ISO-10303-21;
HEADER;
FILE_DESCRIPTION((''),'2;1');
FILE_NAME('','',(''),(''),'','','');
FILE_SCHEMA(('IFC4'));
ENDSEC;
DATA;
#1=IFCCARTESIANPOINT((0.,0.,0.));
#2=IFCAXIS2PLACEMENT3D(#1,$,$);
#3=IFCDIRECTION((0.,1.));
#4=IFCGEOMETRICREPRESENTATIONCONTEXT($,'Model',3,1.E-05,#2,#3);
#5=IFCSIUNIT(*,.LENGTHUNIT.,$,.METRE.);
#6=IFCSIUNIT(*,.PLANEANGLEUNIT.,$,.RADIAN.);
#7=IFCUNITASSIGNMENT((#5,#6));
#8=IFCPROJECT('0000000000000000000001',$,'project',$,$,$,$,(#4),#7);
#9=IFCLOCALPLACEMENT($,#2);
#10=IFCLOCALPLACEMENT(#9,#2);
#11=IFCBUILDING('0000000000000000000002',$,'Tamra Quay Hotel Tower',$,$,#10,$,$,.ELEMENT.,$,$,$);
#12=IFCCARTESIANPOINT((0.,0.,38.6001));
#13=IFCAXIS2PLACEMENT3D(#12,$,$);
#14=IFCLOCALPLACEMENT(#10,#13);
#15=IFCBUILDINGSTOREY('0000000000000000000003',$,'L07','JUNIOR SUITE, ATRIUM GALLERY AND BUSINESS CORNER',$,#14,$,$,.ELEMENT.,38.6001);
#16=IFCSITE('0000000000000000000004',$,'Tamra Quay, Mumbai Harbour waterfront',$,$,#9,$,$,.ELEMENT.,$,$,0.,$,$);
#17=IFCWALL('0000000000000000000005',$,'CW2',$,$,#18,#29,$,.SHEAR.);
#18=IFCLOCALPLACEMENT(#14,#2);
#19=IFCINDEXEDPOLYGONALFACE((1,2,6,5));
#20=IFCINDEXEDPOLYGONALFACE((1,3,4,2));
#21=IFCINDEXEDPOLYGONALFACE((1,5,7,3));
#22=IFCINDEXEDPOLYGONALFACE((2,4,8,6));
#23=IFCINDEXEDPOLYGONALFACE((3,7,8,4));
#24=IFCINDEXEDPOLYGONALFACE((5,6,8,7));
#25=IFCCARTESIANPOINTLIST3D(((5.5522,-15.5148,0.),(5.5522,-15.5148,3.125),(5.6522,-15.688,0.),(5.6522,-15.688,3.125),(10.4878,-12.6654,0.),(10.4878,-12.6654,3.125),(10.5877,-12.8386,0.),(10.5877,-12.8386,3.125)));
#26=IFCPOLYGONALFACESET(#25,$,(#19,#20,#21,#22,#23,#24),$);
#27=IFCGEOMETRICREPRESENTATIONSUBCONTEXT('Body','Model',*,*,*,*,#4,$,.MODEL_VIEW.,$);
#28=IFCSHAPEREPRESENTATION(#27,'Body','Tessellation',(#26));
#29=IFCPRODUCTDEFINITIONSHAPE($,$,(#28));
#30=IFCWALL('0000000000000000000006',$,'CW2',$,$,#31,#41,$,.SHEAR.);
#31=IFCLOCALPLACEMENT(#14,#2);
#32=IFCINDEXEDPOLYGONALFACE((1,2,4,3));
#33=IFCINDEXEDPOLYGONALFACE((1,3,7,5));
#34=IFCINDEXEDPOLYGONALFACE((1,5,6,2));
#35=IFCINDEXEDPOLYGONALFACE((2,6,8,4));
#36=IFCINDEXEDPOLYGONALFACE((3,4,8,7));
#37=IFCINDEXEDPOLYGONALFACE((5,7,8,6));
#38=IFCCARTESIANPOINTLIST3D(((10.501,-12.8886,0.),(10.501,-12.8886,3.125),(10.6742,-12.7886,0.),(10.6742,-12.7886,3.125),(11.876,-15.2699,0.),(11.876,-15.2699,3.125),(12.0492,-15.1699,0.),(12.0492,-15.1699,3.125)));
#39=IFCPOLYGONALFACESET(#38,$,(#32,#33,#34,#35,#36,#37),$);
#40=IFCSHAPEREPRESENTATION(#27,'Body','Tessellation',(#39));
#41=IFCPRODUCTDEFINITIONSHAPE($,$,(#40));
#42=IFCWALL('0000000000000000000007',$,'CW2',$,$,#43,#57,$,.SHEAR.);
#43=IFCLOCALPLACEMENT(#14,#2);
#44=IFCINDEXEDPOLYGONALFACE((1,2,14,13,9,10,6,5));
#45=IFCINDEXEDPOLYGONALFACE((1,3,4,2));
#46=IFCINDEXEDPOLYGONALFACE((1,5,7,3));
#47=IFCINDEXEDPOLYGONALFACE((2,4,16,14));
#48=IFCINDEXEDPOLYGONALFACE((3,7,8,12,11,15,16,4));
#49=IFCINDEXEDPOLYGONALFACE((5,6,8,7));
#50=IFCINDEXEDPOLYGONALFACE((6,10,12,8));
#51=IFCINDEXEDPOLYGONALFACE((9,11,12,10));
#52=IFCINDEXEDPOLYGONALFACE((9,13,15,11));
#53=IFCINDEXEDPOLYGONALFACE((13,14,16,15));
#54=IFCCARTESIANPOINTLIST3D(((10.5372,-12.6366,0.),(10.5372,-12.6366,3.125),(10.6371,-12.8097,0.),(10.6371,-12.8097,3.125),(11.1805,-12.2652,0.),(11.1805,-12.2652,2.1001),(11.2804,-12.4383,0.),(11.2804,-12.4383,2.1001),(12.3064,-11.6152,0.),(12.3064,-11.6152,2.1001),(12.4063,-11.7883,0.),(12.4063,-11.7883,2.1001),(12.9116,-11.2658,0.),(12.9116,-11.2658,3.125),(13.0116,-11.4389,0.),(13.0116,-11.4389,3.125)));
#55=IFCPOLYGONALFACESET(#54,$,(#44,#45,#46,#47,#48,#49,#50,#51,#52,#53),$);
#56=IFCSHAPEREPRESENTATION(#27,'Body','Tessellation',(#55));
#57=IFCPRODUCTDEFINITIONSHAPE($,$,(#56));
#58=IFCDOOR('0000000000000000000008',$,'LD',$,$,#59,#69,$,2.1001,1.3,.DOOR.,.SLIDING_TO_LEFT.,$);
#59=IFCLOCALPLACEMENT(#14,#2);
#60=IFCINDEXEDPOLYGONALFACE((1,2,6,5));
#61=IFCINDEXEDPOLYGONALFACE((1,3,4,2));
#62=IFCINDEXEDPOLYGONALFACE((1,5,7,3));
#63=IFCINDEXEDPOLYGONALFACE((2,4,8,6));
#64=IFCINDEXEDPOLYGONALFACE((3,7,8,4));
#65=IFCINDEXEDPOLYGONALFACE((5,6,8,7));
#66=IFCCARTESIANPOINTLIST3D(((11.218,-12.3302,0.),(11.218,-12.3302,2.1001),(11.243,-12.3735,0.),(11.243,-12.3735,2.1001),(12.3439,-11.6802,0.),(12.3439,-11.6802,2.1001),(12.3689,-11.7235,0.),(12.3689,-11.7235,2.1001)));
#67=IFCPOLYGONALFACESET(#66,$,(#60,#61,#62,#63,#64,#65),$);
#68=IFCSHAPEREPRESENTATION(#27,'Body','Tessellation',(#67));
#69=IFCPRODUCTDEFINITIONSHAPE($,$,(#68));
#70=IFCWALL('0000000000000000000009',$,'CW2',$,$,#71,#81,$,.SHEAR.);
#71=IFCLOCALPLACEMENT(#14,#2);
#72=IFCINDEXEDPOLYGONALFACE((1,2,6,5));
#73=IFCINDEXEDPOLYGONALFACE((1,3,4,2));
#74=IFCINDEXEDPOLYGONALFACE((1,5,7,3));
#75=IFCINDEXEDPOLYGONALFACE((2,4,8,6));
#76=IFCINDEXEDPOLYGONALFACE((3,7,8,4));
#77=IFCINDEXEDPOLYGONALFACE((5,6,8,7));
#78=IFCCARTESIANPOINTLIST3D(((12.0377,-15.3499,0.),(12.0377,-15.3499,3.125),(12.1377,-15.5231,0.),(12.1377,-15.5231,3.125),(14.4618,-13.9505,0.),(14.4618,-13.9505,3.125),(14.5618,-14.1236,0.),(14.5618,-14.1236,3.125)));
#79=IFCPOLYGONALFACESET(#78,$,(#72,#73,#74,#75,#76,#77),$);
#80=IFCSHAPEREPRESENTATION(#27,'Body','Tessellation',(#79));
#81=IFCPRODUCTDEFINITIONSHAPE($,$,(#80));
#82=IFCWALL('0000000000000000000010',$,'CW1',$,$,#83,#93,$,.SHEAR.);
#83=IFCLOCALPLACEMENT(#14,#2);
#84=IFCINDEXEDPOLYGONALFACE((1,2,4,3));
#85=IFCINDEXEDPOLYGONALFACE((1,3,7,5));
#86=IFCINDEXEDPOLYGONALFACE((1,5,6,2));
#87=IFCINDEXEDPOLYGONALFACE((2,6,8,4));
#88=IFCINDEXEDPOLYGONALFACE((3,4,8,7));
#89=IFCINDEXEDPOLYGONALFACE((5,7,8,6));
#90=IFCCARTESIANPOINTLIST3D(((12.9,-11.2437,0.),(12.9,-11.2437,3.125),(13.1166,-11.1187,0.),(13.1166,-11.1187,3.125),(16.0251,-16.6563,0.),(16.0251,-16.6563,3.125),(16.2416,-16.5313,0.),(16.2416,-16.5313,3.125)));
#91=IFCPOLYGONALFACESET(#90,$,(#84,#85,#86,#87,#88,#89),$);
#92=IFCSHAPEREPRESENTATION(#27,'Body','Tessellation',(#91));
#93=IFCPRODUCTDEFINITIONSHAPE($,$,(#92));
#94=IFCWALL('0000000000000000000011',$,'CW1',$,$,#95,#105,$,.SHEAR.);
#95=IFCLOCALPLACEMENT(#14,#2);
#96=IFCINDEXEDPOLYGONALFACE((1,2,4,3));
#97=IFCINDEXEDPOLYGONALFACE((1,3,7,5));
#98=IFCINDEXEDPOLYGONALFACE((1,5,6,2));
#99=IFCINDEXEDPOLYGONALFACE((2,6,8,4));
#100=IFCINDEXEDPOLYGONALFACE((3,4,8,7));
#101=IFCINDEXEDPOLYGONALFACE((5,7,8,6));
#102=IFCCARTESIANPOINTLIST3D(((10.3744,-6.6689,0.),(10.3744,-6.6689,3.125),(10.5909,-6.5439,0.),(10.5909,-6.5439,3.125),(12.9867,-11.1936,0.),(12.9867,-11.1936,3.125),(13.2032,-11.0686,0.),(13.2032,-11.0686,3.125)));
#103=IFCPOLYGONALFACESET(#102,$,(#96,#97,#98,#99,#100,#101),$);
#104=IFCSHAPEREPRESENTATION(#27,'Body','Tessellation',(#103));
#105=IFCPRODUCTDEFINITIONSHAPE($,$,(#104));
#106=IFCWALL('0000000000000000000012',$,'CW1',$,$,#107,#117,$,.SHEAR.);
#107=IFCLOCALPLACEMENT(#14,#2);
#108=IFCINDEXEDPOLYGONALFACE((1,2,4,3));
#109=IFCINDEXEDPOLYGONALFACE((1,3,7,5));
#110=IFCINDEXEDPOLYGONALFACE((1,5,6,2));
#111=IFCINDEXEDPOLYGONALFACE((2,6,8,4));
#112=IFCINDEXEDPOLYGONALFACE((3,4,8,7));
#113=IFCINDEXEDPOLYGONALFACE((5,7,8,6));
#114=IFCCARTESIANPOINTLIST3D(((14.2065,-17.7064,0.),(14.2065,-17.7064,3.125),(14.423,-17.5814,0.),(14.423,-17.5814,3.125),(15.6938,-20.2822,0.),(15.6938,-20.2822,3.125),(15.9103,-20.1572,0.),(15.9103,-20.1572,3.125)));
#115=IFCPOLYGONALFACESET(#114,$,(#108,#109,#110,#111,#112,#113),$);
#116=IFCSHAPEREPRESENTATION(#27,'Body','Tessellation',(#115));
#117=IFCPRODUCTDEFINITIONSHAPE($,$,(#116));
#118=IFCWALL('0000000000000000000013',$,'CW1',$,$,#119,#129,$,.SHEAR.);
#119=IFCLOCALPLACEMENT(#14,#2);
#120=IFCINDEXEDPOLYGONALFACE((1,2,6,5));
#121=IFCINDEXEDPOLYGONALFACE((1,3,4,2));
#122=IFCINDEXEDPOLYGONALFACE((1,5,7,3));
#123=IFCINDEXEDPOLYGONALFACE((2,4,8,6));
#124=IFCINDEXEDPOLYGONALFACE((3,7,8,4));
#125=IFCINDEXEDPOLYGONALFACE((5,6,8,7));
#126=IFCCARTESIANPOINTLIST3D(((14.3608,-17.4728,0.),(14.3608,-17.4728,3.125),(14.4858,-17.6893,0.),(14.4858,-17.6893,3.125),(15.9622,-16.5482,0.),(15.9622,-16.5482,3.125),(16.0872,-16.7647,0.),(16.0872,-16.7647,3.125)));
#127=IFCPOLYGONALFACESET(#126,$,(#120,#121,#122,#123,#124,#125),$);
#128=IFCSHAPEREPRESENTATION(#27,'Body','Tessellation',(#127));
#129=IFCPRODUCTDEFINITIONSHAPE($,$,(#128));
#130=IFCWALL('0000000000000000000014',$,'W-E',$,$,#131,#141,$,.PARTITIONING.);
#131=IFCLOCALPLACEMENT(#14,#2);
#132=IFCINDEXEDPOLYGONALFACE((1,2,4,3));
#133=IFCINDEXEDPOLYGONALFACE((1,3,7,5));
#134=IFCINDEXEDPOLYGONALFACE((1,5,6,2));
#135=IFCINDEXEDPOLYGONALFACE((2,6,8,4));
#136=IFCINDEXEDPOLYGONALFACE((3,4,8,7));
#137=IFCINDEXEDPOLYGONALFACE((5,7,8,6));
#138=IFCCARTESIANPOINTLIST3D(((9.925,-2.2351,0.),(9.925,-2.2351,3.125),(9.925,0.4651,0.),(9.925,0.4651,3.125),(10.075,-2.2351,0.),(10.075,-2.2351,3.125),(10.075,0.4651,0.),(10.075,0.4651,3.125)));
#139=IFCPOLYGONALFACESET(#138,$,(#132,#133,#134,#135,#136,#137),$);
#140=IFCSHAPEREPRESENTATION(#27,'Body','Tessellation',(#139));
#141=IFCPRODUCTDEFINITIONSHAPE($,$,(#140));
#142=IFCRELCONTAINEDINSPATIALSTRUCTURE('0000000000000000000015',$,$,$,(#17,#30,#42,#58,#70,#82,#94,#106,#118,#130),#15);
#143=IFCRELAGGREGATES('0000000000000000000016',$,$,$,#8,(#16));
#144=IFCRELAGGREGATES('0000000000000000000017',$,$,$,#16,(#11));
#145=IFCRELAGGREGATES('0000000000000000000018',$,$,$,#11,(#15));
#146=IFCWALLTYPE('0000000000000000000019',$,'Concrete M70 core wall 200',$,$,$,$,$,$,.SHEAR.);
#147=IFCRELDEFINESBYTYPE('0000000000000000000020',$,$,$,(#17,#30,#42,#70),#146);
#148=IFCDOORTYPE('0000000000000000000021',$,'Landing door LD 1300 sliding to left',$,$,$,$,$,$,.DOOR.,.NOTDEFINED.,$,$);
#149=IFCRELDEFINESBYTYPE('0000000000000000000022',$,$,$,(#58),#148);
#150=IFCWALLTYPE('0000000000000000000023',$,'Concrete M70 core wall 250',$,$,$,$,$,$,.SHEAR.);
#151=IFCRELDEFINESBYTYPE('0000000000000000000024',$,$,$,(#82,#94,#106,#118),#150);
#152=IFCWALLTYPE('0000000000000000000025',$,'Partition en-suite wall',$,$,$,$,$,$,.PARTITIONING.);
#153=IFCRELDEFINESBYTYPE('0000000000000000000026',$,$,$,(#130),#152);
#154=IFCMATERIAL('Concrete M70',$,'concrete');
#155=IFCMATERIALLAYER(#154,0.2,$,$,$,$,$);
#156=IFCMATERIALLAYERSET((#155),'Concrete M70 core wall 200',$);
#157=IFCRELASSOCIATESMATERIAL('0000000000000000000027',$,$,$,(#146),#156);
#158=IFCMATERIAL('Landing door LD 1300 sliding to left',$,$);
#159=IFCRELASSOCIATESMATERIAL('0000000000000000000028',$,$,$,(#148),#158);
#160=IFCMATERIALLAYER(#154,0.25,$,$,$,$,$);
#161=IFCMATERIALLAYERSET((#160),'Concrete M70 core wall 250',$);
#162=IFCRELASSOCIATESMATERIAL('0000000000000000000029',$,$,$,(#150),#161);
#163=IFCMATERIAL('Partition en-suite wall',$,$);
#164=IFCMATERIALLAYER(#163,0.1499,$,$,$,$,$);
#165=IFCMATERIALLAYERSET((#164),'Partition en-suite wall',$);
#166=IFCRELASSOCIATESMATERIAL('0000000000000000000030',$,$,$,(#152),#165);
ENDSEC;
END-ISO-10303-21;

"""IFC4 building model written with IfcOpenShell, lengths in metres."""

from ifc_helpers import new_model, si_unit, direction, frame, frame_2d, origin, place, context, subcontext, project, spatial, rectangle, extrude, material, layer, layer_set, type_object, element, fill, save


model = new_model("IFC4")

# Units and contexts
model_context = context("Model", 3, precision=1e-05, world=origin(), true_north=direction((0.0, 1.0)))
body_context = subcontext(model_context, "Body", "Model", "MODEL_VIEW")
ifc_project = project(units=[si_unit("LENGTHUNIT", "METRE"), si_unit("PLANEANGLEUNIT", "RADIAN")], contexts=[model_context])

# Site, building, storey
site_placement = place(None, origin())
site = spatial("IfcSite", under=ifc_project, at=site_placement, Name="Tamra Quay, Mumbai Harbour waterfront", CompositionType="ELEMENT", RefElevation=0.0)
building_placement = place(site_placement, origin())
building = spatial("IfcBuilding", under=site, at=building_placement, Name="Tamra Quay Hotel Tower", CompositionType="ELEMENT")
storey_placement = place(building_placement, frame((0.0, 0.0, 38.6001)))
storey = spatial("IfcBuildingStorey", under=building, at=storey_placement, Name="L07", Description="JUNIOR SUITE, ATRIUM GALLERY AND BUSINESS CORNER", CompositionType="ELEMENT", Elevation=38.6001)

# Shared definitions
ifc_material_1 = material(Name="Concrete M70", Category="concrete")

# Walls
ifc_layer_1 = layer(ifc_material_1, 0.2)
ifc_layer_set_1 = layer_set([ifc_layer_1], Name="Concrete M70 core wall 200")
wall_type_1 = type_object("IfcWallType", Name="Concrete M70 core wall 200", PredefinedType="SHEAR", material=ifc_layer_set_1)
wall_1_placement = place(storey_placement, frame((10.5378, -12.752, 0.0), z_axis=(0.0, 0.0, 1.0), x_axis=(-0.866039, -0.499977, 0.0)))
element("IfcWall", 1, at=wall_1_placement, inside=storey, type_object=wall_type_1, Name="CW2", PredefinedType="SHEAR", context=body_context, shape_type="SweptSolid", body=[
    extrude(rectangle(XDim=5.699, YDim=0.2, at=frame_2d((2.8496, 0.0))), origin(), (0.0, 0.0, 1.0), 3.125),
])
wall_2_placement = place(storey_placement, frame((11.9626, -15.22, 0.0), z_axis=(0.0, 0.0, 1.0), x_axis=(-0.500035, 0.866005, 0.0)))
element("IfcWall", 2, at=wall_2_placement, inside=storey, type_object=wall_type_1, Name="CW2", PredefinedType="SHEAR", context=body_context, shape_type="SweptSolid", body=[
    extrude(rectangle(XDim=2.7498, YDim=0.2, at=frame_2d((1.375, 0.0))), origin(), (0.0, 0.0, 1.0), 3.125),
])

# Wall, opening, door
wall_3_placement = place(storey_placement, frame((10.5872, -12.7231, 0.0), z_axis=(0.0, 0.0, 1.0), x_axis=(0.866037, 0.499979, 0.0)))
wall_3 = element("IfcWall", 3, at=wall_3_placement, inside=storey, type_object=wall_type_1, Name="CW2", PredefinedType="SHEAR", context=body_context, shape_type="SweptSolid", body=[
    extrude(rectangle(XDim=2.7417, YDim=0.2, at=frame_2d((1.3708, 0.0))), origin(), (0.0, 0.0, 1.0), 3.125),
])
opening_placement = place(wall_3_placement, frame((0.7429, 0.0, 0.0)))
opening = element("IfcOpeningElement", 4, at=opening_placement, cuts=wall_3, PredefinedType="OPENING", context=body_context, shape_type="SweptSolid", body=[
    extrude(rectangle(XDim=1.3, YDim=2.1001, at=frame_2d((0.6499, 1.05))), frame((0.0, 0.1099, 0.0), z_axis=(0.0, -1.0, 0.0), x_axis=(1.0, 0.0, 0.0)), (0.0, 0.0, 1.0), 0.22),
])
ifc_material_2 = material(Name="Landing door LD 1300 sliding to left")
door_type = type_object("IfcDoorType", Name="Landing door LD 1300 sliding to left", OperationType="NOTDEFINED", PredefinedType="DOOR", material=ifc_material_2)
door_placement = place(opening_placement, origin())
door = element("IfcDoor", 5, at=door_placement, inside=storey, type_object=door_type, Name="LD", OperationType="SLIDING_TO_LEFT", OverallHeight=2.1001, OverallWidth=1.3, PredefinedType="DOOR", context=body_context, shape_type="SweptSolid", body=[
    extrude(rectangle(XDim=1.3, YDim=2.1001, at=frame_2d((0.6499, 1.05))), frame((0.0, 0.0249, 0.0), z_axis=(0.0, -1.0, 0.0), x_axis=(1.0, 0.0, 0.0)), (0.0, 0.0, 1.0), 0.05),
])
fill(opening, door)

# Walls
wall_4_placement = place(storey_placement, frame((14.5117, -14.0371, 0.0), z_axis=(0.0, 0.0, 1.0), x_axis=(-0.866045, -0.499967, 0.0)))
element("IfcWall", 6, at=wall_4_placement, inside=storey, type_object=wall_type_1, Name="CW2", PredefinedType="SHEAR", context=body_context, shape_type="SweptSolid", body=[
    extrude(rectangle(XDim=2.7991, YDim=0.2, at=frame_2d((1.3994, 0.0))), origin(), (0.0, 0.0, 1.0), 3.125),
])
ifc_layer_2 = layer(ifc_material_1, 0.25)
ifc_layer_set_2 = layer_set([ifc_layer_2], Name="Concrete M70 core wall 250")
wall_type_2 = type_object("IfcWallType", Name="Concrete M70 core wall 250", PredefinedType="SHEAR", material=ifc_layer_set_2)
wall_5_placement = place(storey_placement, frame((13.0083, -11.1812, 0.0), z_axis=(0.0, 0.0, 1.0), x_axis=(0.500004, -0.866023, 0.0)))
element("IfcWall", 7, at=wall_5_placement, inside=storey, type_object=wall_type_2, Name="CW1", PredefinedType="SHEAR", context=body_context, shape_type="SweptSolid", body=[
    extrude(rectangle(XDim=6.25, YDim=0.25, at=frame_2d((3.125, 0.0))), origin(), (0.0, 0.0, 1.0), 3.125),
])
wall_6_placement = place(storey_placement, frame((10.4827, -6.6064, 0.0), z_axis=(0.0, 0.0, 1.0), x_axis=(0.499999, -0.866026, 0.0)))
element("IfcWall", 8, at=wall_6_placement, inside=storey, type_object=wall_type_2, Name="CW1", PredefinedType="SHEAR", context=body_context, shape_type="SweptSolid", body=[
    extrude(rectangle(XDim=5.2246, YDim=0.25, at=frame_2d((2.6123, 0.0))), origin(), (0.0, 0.0, 1.0), 3.125),
])
wall_7_placement = place(storey_placement, frame((14.3147, -17.6438, 0.0), z_axis=(0.0, 0.0, 1.0), x_axis=(0.500023, -0.866012, 0.0)))
element("IfcWall", 9, at=wall_7_placement, inside=storey, type_object=wall_type_2, Name="CW1", PredefinedType="SHEAR", context=body_context, shape_type="SweptSolid", body=[
    extrude(rectangle(XDim=2.9744, YDim=0.25, at=frame_2d((1.4873, 0.0))), origin(), (0.0, 0.0, 1.0), 3.125),
])
wall_8_placement = place(storey_placement, frame((16.0247, -16.6565, 0.0), z_axis=(0.0, 0.0, 1.0), x_axis=(-0.866016, -0.500016, 0.0)))
element("IfcWall", 10, at=wall_8_placement, inside=storey, type_object=wall_type_2, Name="CW1", PredefinedType="SHEAR", context=body_context, shape_type="SweptSolid", body=[
    extrude(rectangle(XDim=1.8491, YDim=0.25, at=frame_2d((0.9246, 0.0))), origin(), (0.0, 0.0, 1.0), 3.125),
])
ifc_material_3 = material(Name="Partition en-suite wall")
ifc_layer_3 = layer(ifc_material_3, 0.1499)
ifc_layer_set_3 = layer_set([ifc_layer_3], Name="Partition en-suite wall")
wall_type_3 = type_object("IfcWallType", Name="Partition en-suite wall", PredefinedType="PARTITIONING", material=ifc_layer_set_3)
wall_9_placement = place(storey_placement, frame((10.0, -2.2351, 0.0), z_axis=(0.0, 0.0, 1.0), x_axis=(0.0, 1.0, 0.0)))
element("IfcWall", 11, at=wall_9_placement, inside=storey, type_object=wall_type_3, Name="W-E", PredefinedType="PARTITIONING", context=body_context, shape_type="SweptSolid", body=[
    extrude(rectangle(XDim=2.7002, YDim=0.1499, at=frame_2d((1.3501, 0.0))), origin(), (0.0, 0.0, 1.0), 3.125),
])

save(model, "model.ifc")
